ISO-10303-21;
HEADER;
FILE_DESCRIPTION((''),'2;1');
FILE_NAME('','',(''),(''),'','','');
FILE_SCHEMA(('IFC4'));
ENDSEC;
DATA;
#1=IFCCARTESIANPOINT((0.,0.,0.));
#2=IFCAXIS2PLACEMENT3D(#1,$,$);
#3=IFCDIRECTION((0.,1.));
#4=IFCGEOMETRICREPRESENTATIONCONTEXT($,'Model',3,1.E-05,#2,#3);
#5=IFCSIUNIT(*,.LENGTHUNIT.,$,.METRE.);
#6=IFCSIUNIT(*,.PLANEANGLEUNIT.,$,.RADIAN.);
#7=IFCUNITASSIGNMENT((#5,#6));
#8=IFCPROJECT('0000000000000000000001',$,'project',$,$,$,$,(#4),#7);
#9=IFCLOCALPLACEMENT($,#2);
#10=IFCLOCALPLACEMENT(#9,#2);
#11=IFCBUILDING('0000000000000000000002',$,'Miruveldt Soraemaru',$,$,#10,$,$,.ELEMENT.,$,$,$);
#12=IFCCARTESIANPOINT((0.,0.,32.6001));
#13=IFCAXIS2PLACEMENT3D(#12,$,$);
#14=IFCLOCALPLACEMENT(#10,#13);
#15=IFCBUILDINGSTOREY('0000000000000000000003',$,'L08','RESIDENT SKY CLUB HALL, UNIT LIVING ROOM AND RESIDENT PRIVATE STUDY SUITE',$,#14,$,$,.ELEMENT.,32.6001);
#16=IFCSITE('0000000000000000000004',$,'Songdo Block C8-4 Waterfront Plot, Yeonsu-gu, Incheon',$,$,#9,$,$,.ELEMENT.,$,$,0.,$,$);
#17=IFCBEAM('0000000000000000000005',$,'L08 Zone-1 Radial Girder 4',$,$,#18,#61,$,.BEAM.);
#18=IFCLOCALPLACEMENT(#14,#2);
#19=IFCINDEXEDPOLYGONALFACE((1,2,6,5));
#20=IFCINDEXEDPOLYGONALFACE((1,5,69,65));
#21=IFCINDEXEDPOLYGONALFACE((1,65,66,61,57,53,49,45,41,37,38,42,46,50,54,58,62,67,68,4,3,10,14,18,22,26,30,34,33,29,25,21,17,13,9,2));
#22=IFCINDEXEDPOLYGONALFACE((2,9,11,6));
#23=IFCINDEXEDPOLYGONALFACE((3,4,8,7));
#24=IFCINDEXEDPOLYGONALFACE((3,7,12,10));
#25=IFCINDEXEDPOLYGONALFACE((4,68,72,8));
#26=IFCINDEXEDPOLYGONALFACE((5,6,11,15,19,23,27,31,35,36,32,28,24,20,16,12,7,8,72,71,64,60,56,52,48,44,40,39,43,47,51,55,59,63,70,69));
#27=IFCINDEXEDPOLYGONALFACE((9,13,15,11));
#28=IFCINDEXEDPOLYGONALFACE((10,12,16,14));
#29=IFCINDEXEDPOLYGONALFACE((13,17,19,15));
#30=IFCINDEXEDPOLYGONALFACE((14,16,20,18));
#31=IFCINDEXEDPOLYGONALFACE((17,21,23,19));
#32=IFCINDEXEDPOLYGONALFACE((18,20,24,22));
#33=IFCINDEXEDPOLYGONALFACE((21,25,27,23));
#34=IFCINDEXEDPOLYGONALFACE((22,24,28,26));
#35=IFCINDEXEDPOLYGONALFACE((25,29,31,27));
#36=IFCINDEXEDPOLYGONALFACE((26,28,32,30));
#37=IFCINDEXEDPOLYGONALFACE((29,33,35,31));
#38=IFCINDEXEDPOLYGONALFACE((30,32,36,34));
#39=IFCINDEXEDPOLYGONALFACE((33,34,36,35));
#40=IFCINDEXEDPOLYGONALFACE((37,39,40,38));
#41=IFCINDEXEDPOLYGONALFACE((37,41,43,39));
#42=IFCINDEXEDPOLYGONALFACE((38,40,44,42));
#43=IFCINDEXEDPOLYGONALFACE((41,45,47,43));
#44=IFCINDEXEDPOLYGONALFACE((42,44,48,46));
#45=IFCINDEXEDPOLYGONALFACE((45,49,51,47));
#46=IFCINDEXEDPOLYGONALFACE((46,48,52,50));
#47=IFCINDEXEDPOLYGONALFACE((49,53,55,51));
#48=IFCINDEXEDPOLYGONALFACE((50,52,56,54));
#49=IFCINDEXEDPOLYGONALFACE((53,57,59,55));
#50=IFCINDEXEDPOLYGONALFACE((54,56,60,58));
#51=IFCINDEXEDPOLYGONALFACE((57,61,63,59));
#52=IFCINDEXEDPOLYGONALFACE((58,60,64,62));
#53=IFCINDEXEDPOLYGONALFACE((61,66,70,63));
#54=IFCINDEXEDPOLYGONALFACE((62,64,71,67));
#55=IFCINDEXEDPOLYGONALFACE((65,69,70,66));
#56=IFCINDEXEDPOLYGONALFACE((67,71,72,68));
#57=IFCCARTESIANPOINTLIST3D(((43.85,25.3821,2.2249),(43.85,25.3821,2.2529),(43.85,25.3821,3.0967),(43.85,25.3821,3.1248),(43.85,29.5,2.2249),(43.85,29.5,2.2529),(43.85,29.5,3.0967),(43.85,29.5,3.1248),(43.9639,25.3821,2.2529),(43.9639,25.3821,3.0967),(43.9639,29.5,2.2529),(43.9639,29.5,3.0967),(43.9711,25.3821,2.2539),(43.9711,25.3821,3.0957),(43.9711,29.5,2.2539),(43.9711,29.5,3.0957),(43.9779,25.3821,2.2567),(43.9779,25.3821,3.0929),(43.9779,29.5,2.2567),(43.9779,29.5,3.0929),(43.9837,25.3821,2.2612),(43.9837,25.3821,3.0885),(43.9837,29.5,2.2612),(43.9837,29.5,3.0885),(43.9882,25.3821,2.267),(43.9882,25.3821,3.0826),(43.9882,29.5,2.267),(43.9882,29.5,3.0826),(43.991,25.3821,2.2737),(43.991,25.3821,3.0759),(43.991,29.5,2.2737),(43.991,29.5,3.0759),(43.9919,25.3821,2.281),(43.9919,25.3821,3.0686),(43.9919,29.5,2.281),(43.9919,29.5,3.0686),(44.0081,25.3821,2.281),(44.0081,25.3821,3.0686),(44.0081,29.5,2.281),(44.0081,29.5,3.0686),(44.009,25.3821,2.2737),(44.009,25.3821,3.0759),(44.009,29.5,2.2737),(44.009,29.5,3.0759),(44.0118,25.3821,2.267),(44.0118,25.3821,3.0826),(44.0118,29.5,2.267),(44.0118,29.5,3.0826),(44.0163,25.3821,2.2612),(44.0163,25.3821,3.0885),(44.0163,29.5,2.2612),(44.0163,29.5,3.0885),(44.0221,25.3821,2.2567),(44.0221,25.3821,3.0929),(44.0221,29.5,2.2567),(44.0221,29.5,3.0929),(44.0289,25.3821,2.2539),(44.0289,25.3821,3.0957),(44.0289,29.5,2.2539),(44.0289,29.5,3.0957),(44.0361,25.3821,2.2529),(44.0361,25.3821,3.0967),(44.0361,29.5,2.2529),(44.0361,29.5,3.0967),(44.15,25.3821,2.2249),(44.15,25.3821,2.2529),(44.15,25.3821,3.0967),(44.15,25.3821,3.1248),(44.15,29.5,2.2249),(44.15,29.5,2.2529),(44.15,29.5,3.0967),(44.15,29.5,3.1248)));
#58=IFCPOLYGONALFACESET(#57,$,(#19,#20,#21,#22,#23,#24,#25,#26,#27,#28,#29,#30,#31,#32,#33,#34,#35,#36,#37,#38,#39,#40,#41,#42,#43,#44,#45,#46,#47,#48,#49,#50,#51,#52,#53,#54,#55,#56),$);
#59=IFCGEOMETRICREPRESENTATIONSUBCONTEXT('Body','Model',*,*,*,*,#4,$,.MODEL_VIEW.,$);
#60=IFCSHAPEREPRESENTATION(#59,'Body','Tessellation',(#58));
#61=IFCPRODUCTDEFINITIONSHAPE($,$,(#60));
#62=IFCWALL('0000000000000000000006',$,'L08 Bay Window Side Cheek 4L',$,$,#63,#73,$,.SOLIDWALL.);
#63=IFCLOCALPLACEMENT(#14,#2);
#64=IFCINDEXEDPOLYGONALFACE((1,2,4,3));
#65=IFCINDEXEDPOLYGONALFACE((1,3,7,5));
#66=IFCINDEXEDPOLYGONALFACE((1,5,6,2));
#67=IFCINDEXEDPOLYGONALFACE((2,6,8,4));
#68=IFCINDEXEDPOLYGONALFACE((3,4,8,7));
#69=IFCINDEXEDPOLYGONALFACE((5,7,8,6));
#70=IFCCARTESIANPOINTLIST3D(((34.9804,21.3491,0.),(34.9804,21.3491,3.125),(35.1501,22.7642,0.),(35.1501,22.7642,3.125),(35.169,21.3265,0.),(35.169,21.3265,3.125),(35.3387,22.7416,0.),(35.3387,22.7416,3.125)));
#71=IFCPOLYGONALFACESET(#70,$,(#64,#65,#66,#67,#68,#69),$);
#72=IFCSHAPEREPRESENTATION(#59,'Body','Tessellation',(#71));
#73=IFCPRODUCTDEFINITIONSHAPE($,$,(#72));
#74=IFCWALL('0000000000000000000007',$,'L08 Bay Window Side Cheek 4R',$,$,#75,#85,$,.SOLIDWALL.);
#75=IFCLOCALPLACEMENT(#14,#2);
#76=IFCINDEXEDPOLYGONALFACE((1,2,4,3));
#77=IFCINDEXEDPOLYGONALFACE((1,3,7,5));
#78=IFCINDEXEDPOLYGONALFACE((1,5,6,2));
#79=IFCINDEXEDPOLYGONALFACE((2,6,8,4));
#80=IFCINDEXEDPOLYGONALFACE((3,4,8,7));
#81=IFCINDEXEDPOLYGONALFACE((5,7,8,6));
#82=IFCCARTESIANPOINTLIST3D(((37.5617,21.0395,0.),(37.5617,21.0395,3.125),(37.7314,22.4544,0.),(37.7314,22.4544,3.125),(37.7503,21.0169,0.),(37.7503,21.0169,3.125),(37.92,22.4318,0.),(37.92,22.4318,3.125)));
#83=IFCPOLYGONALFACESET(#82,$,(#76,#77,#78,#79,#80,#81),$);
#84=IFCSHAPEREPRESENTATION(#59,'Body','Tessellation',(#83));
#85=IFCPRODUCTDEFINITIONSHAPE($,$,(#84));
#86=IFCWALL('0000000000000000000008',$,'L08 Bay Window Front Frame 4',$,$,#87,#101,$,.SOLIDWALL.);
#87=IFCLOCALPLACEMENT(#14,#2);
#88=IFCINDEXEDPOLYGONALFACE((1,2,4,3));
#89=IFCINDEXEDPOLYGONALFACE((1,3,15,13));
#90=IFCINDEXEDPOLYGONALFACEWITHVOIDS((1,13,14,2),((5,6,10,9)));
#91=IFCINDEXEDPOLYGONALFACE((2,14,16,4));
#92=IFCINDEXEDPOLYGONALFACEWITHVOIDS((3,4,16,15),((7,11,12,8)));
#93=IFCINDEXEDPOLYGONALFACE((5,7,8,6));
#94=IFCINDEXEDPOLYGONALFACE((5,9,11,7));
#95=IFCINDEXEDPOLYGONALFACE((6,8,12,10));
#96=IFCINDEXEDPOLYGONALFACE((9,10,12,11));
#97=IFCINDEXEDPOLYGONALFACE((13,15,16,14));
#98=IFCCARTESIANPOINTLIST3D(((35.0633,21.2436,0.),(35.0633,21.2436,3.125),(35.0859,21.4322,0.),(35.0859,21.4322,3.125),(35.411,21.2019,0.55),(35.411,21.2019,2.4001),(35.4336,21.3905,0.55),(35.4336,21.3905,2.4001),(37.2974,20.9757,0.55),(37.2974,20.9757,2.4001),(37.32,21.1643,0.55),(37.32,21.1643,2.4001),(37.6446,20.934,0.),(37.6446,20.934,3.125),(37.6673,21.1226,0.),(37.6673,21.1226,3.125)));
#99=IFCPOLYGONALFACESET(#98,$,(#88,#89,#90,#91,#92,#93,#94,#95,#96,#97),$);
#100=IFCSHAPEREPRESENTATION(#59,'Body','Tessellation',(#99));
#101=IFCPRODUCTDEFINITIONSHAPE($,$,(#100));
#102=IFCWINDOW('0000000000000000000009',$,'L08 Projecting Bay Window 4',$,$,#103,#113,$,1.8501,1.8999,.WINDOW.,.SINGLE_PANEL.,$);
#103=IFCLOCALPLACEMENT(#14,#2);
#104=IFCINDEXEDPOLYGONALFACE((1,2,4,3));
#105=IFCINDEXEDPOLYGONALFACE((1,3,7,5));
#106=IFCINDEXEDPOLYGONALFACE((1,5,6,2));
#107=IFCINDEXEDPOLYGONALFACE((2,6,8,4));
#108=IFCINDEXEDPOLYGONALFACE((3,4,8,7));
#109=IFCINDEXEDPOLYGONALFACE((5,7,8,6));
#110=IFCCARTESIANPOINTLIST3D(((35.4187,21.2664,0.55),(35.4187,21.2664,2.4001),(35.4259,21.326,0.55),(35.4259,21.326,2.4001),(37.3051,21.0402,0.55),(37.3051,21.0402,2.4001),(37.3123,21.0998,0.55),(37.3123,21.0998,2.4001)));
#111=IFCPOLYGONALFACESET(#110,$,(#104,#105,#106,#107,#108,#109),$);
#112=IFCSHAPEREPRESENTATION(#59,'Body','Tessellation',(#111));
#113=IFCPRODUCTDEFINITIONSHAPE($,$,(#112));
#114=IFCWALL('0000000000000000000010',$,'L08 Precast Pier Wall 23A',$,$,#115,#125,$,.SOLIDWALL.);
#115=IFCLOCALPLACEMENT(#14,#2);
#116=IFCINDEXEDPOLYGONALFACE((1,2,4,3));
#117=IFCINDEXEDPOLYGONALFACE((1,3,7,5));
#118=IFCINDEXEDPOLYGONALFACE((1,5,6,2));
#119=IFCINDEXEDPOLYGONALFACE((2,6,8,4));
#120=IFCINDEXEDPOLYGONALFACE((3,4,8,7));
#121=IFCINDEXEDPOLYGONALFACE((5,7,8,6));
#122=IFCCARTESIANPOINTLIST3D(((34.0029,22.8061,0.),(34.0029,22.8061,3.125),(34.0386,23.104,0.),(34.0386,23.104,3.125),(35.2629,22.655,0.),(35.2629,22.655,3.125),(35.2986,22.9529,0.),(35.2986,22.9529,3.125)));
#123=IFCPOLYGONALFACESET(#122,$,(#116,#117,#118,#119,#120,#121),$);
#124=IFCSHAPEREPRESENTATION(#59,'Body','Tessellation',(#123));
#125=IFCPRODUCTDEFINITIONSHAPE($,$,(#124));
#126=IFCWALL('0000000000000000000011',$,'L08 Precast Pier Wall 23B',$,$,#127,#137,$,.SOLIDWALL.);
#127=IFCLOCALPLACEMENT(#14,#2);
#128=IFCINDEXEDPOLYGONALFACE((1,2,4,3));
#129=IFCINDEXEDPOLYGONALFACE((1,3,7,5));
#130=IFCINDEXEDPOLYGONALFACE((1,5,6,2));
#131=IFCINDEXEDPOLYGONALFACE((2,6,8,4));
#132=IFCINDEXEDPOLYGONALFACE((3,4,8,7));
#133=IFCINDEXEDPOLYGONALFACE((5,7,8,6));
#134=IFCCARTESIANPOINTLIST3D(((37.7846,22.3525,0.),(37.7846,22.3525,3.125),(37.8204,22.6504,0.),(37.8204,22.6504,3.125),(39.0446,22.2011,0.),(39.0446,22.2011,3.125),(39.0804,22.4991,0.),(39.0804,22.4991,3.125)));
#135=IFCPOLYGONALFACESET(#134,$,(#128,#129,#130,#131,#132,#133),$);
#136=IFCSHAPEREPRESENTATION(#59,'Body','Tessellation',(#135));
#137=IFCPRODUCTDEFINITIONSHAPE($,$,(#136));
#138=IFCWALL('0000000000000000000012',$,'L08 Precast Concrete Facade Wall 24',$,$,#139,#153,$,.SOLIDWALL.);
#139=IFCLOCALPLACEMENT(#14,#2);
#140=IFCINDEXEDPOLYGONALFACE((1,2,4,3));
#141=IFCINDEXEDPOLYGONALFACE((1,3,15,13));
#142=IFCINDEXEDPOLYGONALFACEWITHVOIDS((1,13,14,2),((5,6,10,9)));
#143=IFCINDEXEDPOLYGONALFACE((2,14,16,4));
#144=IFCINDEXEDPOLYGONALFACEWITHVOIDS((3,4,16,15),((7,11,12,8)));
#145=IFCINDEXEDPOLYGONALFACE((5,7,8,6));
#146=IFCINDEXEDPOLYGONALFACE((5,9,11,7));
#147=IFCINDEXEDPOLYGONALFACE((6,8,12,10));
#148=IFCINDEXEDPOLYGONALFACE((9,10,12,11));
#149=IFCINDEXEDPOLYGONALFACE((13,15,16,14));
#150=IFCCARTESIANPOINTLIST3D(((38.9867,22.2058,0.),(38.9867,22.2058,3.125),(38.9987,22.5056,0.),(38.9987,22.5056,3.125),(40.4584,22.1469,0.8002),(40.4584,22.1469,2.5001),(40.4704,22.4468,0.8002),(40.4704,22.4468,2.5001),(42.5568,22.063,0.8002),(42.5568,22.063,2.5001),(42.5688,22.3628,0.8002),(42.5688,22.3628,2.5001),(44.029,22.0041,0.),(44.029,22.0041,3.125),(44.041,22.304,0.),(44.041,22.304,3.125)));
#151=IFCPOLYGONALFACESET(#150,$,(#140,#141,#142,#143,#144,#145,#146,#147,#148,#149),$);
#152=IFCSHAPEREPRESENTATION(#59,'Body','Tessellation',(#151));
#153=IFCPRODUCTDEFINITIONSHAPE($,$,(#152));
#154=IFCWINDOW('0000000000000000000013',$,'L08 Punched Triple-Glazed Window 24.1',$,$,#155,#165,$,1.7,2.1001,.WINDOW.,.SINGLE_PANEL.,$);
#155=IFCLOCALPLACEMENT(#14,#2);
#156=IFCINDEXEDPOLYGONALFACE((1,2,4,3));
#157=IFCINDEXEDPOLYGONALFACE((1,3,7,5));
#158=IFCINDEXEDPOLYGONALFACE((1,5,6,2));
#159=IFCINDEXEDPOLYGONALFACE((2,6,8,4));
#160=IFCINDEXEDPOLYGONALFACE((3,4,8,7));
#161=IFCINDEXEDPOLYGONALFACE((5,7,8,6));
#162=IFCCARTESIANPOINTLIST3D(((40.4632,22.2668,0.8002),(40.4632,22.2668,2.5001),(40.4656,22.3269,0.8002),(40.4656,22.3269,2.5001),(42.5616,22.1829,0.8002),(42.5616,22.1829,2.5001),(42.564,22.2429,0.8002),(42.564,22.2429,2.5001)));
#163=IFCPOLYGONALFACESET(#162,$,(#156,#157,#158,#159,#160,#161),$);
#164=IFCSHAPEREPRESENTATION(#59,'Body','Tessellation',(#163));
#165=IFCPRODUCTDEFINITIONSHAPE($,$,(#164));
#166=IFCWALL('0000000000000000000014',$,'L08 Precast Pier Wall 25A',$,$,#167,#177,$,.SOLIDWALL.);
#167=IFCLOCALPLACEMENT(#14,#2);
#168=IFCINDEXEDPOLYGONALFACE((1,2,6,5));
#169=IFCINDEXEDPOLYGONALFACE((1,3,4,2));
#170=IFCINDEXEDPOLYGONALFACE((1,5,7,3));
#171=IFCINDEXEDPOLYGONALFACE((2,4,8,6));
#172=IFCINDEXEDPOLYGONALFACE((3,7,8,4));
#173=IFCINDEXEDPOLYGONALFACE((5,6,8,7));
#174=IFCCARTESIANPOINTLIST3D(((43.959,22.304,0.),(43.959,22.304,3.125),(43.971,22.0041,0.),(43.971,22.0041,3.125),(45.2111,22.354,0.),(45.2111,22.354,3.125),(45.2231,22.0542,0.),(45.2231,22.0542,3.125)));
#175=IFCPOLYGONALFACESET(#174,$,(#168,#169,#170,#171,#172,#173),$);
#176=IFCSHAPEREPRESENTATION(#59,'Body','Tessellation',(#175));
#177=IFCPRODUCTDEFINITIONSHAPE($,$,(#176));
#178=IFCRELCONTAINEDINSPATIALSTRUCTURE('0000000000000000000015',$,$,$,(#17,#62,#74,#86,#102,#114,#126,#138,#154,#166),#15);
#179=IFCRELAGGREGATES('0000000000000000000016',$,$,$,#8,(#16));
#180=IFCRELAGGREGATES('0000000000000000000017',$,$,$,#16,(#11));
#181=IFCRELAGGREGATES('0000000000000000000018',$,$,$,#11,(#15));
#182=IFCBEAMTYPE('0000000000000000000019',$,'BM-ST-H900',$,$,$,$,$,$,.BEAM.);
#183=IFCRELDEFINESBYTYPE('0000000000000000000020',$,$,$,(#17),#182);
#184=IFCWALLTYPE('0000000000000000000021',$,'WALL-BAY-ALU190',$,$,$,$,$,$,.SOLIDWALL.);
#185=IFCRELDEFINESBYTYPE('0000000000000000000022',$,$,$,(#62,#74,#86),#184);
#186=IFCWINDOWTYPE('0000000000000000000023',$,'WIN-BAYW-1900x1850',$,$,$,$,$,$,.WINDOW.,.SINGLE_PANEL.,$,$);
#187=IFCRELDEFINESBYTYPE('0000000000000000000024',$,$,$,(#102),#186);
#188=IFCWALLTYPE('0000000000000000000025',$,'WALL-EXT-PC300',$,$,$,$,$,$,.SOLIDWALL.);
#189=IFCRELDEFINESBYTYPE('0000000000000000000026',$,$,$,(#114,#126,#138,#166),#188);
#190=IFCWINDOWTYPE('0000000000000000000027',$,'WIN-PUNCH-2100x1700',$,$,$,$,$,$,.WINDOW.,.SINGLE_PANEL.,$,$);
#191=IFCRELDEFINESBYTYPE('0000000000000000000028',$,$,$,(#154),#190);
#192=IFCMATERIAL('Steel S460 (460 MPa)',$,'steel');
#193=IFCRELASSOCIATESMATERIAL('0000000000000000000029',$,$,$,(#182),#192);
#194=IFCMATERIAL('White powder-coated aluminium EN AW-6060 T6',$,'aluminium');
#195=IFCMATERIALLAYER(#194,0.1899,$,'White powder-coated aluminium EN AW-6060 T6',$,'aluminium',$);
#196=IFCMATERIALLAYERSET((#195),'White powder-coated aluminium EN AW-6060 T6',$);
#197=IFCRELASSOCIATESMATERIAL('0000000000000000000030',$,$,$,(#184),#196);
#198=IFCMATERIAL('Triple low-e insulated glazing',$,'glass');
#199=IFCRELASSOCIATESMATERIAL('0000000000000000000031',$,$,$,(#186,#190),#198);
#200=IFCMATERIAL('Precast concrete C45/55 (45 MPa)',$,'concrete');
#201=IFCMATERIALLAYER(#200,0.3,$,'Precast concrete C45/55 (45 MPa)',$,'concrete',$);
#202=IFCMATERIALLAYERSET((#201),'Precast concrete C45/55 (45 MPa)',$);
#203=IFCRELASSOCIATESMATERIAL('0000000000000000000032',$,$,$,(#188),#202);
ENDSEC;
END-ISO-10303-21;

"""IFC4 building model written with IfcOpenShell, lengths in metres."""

from ifc_helpers import new_model, si_unit, direction, frame, frame_2d, origin, origin_2d, place, context, subcontext, project, spatial, rectangle, i_section, extrude, material, layer, layer_set, material_profile, profile_set, type_object, element, fill, save


model = new_model("IFC4")

# Units and contexts
model_context = context("Model", 3, precision=1e-05, world=origin(), true_north=direction((0.0, 1.0)))
body_context = subcontext(model_context, "Body", "Model", "MODEL_VIEW")
ifc_project = project(units=[si_unit("LENGTHUNIT", "METRE"), si_unit("PLANEANGLEUNIT", "RADIAN")], contexts=[model_context])

# Site, building, storey
site_placement = place(None, origin())
site = spatial("IfcSite", under=ifc_project, at=site_placement, Name="Songdo Block C8-4 Waterfront Plot, Yeonsu-gu, Incheon", CompositionType="ELEMENT", RefElevation=0.0)
building_placement = place(site_placement, origin())
building = spatial("IfcBuilding", under=site, at=building_placement, Name="Miruveldt Soraemaru", CompositionType="ELEMENT")
storey_placement = place(building_placement, frame((0.0, 0.0, 32.6001)))
storey = spatial("IfcBuildingStorey", under=building, at=storey_placement, Name="L08", Description="RESIDENT SKY CLUB HALL, UNIT LIVING ROOM AND RESIDENT PRIVATE STUDY SUITE", CompositionType="ELEMENT", Elevation=32.6001)

# Beam
ifc_material_1 = material(Name="Steel S460 (460 MPa)", Category="steel")
ifc_material_profile_1 = material_profile(ifc_material_1, i_section(OverallWidth=0.3, OverallDepth=0.8999, WebThickness=0.0161, FlangeThickness=0.0281, FilletRadius=0.0281, at=origin_2d()), Name="Steel S460 (460 MPa)", Category="steel")
ifc_profile_set_1 = profile_set([ifc_material_profile_1], Name="Steel S460 (460 MPa)")
beam_type_1 = type_object("IfcBeamType", Name="BM-ST-H900", PredefinedType="BEAM", material=ifc_profile_set_1)
beam_1_placement = place(storey_placement, frame((44.0, 29.5, 2.6748), z_axis=(0.0, -1.0, 0.0), x_axis=(1.0, 0.0, 0.0)))
element("IfcBeam", 1, at=beam_1_placement, inside=storey, type_object=beam_type_1, Name="L08 Zone-1 Radial Girder 4", PredefinedType="BEAM", context=body_context, shape_type="SweptSolid", body=[
    extrude(i_section(OverallWidth=0.3, OverallDepth=0.8999, WebThickness=0.0161, FlangeThickness=0.0281, FilletRadius=0.0281, at=origin_2d()), origin(), (0.0, 0.0, 1.0), 4.1179),
])

# Walls
ifc_material_2 = material(Name="White powder-coated aluminium EN AW-6060 T6", Category="aluminium")
ifc_layer_1 = layer(ifc_material_2, 0.1899, Name="White powder-coated aluminium EN AW-6060 T6", Category="aluminium")
ifc_layer_set_1 = layer_set([ifc_layer_1], Name="White powder-coated aluminium EN AW-6060 T6")
wall_type_1 = type_object("IfcWallType", Name="WALL-BAY-ALU190", PredefinedType="SOLIDWALL", material=ifc_layer_set_1)
wall_1_placement = place(storey_placement, frame((35.2444, 22.7529, 0.0), z_axis=(0.0, 0.0, 1.0), x_axis=(-0.119057, -0.992887, 0.0)))
element("IfcWall", 2, at=wall_1_placement, inside=storey, type_object=wall_type_1, Name="L08 Bay Window Side Cheek 4L", PredefinedType="SOLIDWALL", context=body_context, shape_type="SweptSolid", body=[
    extrude(rectangle(XDim=1.4253, YDim=0.1899, at=frame_2d((0.7126, 0.0))), origin(), (0.0, 0.0, 1.0), 3.125),
])
wall_2_placement = place(storey_placement, frame((37.656, 21.0283, 0.0), z_axis=(0.0, 0.0, 1.0), x_axis=(0.119078, 0.992885, 0.0)))
element("IfcWall", 3, at=wall_2_placement, inside=storey, type_object=wall_type_1, Name="L08 Bay Window Side Cheek 4R", PredefinedType="SOLIDWALL", context=body_context, shape_type="SweptSolid", body=[
    extrude(rectangle(XDim=1.425, YDim=0.1899, at=frame_2d((0.7124, 0.0))), origin(), (0.0, 0.0, 1.0), 3.125),
])

# Wall, opening, window
wall_3_placement = place(storey_placement, frame((35.0747, 21.3379, 0.0), z_axis=(0.0, 0.0, 1.0), x_axis=(0.992885, -0.119075, 0.0)))
wall_3 = element("IfcWall", 4, at=wall_3_placement, inside=storey, type_object=wall_type_1, Name="L08 Bay Window Front Frame 4", PredefinedType="SOLIDWALL", context=body_context, shape_type="SweptSolid", body=[
    extrude(rectangle(XDim=2.5999, YDim=0.1899, at=frame_2d((1.2998, 0.0))), origin(), (0.0, 0.0, 1.0), 3.125),
])
opening_1_placement = place(wall_3_placement, frame((0.3501, 0.0, 0.55)))
opening_1 = element("IfcOpeningElement", 5, at=opening_1_placement, cuts=wall_3, PredefinedType="OPENING", context=body_context, shape_type="SweptSolid", body=[
    extrude(rectangle(XDim=1.8999, YDim=1.8501, at=frame_2d((0.95, 0.925))), frame((0.0, 0.105, 0.0), z_axis=(0.0, -1.0, 0.0), x_axis=(1.0, 0.0, 0.0)), (0.0, 0.0, 1.0), 0.21),
])
ifc_material_3 = material(Name="Triple low-e insulated glazing", Category="glass")
window_type_1 = type_object("IfcWindowType", Name="WIN-BAYW-1900x1850", PartitioningType="SINGLE_PANEL", PredefinedType="WINDOW", material=ifc_material_3)
window_1_placement = place(opening_1_placement, origin())
window_1 = element("IfcWindow", 6, at=window_1_placement, inside=storey, type_object=window_type_1, Name="L08 Projecting Bay Window 4", OverallHeight=1.8501, OverallWidth=1.8999, PartitioningType="SINGLE_PANEL", PredefinedType="WINDOW", context=body_context, shape_type="SweptSolid", body=[
    extrude(rectangle(XDim=1.8999, YDim=1.8501, at=frame_2d((0.95, 0.925))), frame((0.0, 0.03, 0.0), z_axis=(0.0, -1.0, 0.0), x_axis=(1.0, 0.0, 0.0)), (0.0, 0.0, 1.0), 0.0601),
])
fill(opening_1, window_1)

# Walls
ifc_material_4 = material(Name="Precast concrete C45/55 (45 MPa)", Category="concrete")
ifc_layer_2 = layer(ifc_material_4, 0.3, Name="Precast concrete C45/55 (45 MPa)", Category="concrete")
ifc_layer_set_2 = layer_set([ifc_layer_2], Name="Precast concrete C45/55 (45 MPa)")
wall_type_2 = type_object("IfcWallType", Name="WALL-EXT-PC300", PredefinedType="SOLIDWALL", material=ifc_layer_set_2)
for number, where, z_axis, x_axis, name in (
    (7, (34.0208, 22.9551, 0.0), (0.0, 0.0, 1.0), (0.992884, -0.119085, 0.0), "L08 Precast Pier Wall 23A"),
    (8, (37.8025, 22.5015, 0.0), (0.0, 0.0, 1.0), (0.992861, -0.119274, 0.0), "L08 Precast Pier Wall 23B"),
):
    element("IfcWall", number, at=place(storey_placement, frame(where, z_axis=z_axis, x_axis=x_axis)), inside=storey, type_object=wall_type_2, Name=name, PredefinedType="SOLIDWALL", context=body_context, shape_type="SweptSolid", body=[
        extrude(rectangle(XDim=1.269, YDim=0.3, at=frame_2d((0.6345, 0.0))), origin(), (0.0, 0.0, 1.0), 3.125),
    ])

# Wall, opening, window
wall_4_placement = place(storey_placement, frame((38.9927, 22.3557, 0.0), z_axis=(0.0, 0.0, 1.0), x_axis=(0.999201, -0.039962, 0.0)))
wall_4 = element("IfcWall", 9, at=wall_4_placement, inside=storey, type_object=wall_type_2, Name="L08 Precast Concrete Facade Wall 24", PredefinedType="SOLIDWALL", context=body_context, shape_type="SweptSolid", body=[
    extrude(rectangle(XDim=5.0464, YDim=0.3, at=frame_2d((2.5232, 0.0))), origin(), (0.0, 0.0, 1.0), 3.125),
])
opening_2_placement = place(wall_4_placement, frame((1.4729, 0.0, 0.8)))
opening_2 = element("IfcOpeningElement", 10, at=opening_2_placement, cuts=wall_4, PredefinedType="OPENING", context=body_context, shape_type="SweptSolid", body=[
    extrude(rectangle(XDim=2.1001, YDim=1.7, at=frame_2d((1.05, 0.8501))), frame((0.0, 0.1602, 0.0), z_axis=(0.0, -1.0, 0.0), x_axis=(1.0, 0.0, 0.0)), (0.0, 0.0, 1.0), 0.3201),
])
window_type_2 = type_object("IfcWindowType", Name="WIN-PUNCH-2100x1700", PartitioningType="SINGLE_PANEL", PredefinedType="WINDOW", material=ifc_material_3)
window_2_placement = place(opening_2_placement, origin())
window_2 = element("IfcWindow", 11, at=window_2_placement, inside=storey, type_object=window_type_2, Name="L08 Punched Triple-Glazed Window 24.1", OverallHeight=1.7, OverallWidth=2.1001, PartitioningType="SINGLE_PANEL", PredefinedType="WINDOW", context=body_context, shape_type="SweptSolid", body=[
    extrude(rectangle(XDim=2.1001, YDim=1.7, at=frame_2d((1.05, 0.8501))), frame((0.0, 0.03, 0.0), z_axis=(0.0, -1.0, 0.0), x_axis=(1.0, 0.0, 0.0)), (0.0, 0.0, 1.0), 0.0601),
])
fill(opening_2, window_2)

# Wall
wall_5_placement = place(storey_placement, frame((43.9651, 22.1541, 0.0), z_axis=(0.0, 0.0, 1.0), x_axis=(0.999202, 0.039937, 0.0)))
element("IfcWall", 12, at=wall_5_placement, inside=storey, type_object=wall_type_2, Name="L08 Precast Pier Wall 25A", PredefinedType="SOLIDWALL", context=body_context, shape_type="SweptSolid", body=[
    extrude(rectangle(XDim=1.2532, YDim=0.3, at=frame_2d((0.6265, 0.0))), origin(), (0.0, 0.0, 1.0), 3.125),
])

save(model, "model.ifc")
